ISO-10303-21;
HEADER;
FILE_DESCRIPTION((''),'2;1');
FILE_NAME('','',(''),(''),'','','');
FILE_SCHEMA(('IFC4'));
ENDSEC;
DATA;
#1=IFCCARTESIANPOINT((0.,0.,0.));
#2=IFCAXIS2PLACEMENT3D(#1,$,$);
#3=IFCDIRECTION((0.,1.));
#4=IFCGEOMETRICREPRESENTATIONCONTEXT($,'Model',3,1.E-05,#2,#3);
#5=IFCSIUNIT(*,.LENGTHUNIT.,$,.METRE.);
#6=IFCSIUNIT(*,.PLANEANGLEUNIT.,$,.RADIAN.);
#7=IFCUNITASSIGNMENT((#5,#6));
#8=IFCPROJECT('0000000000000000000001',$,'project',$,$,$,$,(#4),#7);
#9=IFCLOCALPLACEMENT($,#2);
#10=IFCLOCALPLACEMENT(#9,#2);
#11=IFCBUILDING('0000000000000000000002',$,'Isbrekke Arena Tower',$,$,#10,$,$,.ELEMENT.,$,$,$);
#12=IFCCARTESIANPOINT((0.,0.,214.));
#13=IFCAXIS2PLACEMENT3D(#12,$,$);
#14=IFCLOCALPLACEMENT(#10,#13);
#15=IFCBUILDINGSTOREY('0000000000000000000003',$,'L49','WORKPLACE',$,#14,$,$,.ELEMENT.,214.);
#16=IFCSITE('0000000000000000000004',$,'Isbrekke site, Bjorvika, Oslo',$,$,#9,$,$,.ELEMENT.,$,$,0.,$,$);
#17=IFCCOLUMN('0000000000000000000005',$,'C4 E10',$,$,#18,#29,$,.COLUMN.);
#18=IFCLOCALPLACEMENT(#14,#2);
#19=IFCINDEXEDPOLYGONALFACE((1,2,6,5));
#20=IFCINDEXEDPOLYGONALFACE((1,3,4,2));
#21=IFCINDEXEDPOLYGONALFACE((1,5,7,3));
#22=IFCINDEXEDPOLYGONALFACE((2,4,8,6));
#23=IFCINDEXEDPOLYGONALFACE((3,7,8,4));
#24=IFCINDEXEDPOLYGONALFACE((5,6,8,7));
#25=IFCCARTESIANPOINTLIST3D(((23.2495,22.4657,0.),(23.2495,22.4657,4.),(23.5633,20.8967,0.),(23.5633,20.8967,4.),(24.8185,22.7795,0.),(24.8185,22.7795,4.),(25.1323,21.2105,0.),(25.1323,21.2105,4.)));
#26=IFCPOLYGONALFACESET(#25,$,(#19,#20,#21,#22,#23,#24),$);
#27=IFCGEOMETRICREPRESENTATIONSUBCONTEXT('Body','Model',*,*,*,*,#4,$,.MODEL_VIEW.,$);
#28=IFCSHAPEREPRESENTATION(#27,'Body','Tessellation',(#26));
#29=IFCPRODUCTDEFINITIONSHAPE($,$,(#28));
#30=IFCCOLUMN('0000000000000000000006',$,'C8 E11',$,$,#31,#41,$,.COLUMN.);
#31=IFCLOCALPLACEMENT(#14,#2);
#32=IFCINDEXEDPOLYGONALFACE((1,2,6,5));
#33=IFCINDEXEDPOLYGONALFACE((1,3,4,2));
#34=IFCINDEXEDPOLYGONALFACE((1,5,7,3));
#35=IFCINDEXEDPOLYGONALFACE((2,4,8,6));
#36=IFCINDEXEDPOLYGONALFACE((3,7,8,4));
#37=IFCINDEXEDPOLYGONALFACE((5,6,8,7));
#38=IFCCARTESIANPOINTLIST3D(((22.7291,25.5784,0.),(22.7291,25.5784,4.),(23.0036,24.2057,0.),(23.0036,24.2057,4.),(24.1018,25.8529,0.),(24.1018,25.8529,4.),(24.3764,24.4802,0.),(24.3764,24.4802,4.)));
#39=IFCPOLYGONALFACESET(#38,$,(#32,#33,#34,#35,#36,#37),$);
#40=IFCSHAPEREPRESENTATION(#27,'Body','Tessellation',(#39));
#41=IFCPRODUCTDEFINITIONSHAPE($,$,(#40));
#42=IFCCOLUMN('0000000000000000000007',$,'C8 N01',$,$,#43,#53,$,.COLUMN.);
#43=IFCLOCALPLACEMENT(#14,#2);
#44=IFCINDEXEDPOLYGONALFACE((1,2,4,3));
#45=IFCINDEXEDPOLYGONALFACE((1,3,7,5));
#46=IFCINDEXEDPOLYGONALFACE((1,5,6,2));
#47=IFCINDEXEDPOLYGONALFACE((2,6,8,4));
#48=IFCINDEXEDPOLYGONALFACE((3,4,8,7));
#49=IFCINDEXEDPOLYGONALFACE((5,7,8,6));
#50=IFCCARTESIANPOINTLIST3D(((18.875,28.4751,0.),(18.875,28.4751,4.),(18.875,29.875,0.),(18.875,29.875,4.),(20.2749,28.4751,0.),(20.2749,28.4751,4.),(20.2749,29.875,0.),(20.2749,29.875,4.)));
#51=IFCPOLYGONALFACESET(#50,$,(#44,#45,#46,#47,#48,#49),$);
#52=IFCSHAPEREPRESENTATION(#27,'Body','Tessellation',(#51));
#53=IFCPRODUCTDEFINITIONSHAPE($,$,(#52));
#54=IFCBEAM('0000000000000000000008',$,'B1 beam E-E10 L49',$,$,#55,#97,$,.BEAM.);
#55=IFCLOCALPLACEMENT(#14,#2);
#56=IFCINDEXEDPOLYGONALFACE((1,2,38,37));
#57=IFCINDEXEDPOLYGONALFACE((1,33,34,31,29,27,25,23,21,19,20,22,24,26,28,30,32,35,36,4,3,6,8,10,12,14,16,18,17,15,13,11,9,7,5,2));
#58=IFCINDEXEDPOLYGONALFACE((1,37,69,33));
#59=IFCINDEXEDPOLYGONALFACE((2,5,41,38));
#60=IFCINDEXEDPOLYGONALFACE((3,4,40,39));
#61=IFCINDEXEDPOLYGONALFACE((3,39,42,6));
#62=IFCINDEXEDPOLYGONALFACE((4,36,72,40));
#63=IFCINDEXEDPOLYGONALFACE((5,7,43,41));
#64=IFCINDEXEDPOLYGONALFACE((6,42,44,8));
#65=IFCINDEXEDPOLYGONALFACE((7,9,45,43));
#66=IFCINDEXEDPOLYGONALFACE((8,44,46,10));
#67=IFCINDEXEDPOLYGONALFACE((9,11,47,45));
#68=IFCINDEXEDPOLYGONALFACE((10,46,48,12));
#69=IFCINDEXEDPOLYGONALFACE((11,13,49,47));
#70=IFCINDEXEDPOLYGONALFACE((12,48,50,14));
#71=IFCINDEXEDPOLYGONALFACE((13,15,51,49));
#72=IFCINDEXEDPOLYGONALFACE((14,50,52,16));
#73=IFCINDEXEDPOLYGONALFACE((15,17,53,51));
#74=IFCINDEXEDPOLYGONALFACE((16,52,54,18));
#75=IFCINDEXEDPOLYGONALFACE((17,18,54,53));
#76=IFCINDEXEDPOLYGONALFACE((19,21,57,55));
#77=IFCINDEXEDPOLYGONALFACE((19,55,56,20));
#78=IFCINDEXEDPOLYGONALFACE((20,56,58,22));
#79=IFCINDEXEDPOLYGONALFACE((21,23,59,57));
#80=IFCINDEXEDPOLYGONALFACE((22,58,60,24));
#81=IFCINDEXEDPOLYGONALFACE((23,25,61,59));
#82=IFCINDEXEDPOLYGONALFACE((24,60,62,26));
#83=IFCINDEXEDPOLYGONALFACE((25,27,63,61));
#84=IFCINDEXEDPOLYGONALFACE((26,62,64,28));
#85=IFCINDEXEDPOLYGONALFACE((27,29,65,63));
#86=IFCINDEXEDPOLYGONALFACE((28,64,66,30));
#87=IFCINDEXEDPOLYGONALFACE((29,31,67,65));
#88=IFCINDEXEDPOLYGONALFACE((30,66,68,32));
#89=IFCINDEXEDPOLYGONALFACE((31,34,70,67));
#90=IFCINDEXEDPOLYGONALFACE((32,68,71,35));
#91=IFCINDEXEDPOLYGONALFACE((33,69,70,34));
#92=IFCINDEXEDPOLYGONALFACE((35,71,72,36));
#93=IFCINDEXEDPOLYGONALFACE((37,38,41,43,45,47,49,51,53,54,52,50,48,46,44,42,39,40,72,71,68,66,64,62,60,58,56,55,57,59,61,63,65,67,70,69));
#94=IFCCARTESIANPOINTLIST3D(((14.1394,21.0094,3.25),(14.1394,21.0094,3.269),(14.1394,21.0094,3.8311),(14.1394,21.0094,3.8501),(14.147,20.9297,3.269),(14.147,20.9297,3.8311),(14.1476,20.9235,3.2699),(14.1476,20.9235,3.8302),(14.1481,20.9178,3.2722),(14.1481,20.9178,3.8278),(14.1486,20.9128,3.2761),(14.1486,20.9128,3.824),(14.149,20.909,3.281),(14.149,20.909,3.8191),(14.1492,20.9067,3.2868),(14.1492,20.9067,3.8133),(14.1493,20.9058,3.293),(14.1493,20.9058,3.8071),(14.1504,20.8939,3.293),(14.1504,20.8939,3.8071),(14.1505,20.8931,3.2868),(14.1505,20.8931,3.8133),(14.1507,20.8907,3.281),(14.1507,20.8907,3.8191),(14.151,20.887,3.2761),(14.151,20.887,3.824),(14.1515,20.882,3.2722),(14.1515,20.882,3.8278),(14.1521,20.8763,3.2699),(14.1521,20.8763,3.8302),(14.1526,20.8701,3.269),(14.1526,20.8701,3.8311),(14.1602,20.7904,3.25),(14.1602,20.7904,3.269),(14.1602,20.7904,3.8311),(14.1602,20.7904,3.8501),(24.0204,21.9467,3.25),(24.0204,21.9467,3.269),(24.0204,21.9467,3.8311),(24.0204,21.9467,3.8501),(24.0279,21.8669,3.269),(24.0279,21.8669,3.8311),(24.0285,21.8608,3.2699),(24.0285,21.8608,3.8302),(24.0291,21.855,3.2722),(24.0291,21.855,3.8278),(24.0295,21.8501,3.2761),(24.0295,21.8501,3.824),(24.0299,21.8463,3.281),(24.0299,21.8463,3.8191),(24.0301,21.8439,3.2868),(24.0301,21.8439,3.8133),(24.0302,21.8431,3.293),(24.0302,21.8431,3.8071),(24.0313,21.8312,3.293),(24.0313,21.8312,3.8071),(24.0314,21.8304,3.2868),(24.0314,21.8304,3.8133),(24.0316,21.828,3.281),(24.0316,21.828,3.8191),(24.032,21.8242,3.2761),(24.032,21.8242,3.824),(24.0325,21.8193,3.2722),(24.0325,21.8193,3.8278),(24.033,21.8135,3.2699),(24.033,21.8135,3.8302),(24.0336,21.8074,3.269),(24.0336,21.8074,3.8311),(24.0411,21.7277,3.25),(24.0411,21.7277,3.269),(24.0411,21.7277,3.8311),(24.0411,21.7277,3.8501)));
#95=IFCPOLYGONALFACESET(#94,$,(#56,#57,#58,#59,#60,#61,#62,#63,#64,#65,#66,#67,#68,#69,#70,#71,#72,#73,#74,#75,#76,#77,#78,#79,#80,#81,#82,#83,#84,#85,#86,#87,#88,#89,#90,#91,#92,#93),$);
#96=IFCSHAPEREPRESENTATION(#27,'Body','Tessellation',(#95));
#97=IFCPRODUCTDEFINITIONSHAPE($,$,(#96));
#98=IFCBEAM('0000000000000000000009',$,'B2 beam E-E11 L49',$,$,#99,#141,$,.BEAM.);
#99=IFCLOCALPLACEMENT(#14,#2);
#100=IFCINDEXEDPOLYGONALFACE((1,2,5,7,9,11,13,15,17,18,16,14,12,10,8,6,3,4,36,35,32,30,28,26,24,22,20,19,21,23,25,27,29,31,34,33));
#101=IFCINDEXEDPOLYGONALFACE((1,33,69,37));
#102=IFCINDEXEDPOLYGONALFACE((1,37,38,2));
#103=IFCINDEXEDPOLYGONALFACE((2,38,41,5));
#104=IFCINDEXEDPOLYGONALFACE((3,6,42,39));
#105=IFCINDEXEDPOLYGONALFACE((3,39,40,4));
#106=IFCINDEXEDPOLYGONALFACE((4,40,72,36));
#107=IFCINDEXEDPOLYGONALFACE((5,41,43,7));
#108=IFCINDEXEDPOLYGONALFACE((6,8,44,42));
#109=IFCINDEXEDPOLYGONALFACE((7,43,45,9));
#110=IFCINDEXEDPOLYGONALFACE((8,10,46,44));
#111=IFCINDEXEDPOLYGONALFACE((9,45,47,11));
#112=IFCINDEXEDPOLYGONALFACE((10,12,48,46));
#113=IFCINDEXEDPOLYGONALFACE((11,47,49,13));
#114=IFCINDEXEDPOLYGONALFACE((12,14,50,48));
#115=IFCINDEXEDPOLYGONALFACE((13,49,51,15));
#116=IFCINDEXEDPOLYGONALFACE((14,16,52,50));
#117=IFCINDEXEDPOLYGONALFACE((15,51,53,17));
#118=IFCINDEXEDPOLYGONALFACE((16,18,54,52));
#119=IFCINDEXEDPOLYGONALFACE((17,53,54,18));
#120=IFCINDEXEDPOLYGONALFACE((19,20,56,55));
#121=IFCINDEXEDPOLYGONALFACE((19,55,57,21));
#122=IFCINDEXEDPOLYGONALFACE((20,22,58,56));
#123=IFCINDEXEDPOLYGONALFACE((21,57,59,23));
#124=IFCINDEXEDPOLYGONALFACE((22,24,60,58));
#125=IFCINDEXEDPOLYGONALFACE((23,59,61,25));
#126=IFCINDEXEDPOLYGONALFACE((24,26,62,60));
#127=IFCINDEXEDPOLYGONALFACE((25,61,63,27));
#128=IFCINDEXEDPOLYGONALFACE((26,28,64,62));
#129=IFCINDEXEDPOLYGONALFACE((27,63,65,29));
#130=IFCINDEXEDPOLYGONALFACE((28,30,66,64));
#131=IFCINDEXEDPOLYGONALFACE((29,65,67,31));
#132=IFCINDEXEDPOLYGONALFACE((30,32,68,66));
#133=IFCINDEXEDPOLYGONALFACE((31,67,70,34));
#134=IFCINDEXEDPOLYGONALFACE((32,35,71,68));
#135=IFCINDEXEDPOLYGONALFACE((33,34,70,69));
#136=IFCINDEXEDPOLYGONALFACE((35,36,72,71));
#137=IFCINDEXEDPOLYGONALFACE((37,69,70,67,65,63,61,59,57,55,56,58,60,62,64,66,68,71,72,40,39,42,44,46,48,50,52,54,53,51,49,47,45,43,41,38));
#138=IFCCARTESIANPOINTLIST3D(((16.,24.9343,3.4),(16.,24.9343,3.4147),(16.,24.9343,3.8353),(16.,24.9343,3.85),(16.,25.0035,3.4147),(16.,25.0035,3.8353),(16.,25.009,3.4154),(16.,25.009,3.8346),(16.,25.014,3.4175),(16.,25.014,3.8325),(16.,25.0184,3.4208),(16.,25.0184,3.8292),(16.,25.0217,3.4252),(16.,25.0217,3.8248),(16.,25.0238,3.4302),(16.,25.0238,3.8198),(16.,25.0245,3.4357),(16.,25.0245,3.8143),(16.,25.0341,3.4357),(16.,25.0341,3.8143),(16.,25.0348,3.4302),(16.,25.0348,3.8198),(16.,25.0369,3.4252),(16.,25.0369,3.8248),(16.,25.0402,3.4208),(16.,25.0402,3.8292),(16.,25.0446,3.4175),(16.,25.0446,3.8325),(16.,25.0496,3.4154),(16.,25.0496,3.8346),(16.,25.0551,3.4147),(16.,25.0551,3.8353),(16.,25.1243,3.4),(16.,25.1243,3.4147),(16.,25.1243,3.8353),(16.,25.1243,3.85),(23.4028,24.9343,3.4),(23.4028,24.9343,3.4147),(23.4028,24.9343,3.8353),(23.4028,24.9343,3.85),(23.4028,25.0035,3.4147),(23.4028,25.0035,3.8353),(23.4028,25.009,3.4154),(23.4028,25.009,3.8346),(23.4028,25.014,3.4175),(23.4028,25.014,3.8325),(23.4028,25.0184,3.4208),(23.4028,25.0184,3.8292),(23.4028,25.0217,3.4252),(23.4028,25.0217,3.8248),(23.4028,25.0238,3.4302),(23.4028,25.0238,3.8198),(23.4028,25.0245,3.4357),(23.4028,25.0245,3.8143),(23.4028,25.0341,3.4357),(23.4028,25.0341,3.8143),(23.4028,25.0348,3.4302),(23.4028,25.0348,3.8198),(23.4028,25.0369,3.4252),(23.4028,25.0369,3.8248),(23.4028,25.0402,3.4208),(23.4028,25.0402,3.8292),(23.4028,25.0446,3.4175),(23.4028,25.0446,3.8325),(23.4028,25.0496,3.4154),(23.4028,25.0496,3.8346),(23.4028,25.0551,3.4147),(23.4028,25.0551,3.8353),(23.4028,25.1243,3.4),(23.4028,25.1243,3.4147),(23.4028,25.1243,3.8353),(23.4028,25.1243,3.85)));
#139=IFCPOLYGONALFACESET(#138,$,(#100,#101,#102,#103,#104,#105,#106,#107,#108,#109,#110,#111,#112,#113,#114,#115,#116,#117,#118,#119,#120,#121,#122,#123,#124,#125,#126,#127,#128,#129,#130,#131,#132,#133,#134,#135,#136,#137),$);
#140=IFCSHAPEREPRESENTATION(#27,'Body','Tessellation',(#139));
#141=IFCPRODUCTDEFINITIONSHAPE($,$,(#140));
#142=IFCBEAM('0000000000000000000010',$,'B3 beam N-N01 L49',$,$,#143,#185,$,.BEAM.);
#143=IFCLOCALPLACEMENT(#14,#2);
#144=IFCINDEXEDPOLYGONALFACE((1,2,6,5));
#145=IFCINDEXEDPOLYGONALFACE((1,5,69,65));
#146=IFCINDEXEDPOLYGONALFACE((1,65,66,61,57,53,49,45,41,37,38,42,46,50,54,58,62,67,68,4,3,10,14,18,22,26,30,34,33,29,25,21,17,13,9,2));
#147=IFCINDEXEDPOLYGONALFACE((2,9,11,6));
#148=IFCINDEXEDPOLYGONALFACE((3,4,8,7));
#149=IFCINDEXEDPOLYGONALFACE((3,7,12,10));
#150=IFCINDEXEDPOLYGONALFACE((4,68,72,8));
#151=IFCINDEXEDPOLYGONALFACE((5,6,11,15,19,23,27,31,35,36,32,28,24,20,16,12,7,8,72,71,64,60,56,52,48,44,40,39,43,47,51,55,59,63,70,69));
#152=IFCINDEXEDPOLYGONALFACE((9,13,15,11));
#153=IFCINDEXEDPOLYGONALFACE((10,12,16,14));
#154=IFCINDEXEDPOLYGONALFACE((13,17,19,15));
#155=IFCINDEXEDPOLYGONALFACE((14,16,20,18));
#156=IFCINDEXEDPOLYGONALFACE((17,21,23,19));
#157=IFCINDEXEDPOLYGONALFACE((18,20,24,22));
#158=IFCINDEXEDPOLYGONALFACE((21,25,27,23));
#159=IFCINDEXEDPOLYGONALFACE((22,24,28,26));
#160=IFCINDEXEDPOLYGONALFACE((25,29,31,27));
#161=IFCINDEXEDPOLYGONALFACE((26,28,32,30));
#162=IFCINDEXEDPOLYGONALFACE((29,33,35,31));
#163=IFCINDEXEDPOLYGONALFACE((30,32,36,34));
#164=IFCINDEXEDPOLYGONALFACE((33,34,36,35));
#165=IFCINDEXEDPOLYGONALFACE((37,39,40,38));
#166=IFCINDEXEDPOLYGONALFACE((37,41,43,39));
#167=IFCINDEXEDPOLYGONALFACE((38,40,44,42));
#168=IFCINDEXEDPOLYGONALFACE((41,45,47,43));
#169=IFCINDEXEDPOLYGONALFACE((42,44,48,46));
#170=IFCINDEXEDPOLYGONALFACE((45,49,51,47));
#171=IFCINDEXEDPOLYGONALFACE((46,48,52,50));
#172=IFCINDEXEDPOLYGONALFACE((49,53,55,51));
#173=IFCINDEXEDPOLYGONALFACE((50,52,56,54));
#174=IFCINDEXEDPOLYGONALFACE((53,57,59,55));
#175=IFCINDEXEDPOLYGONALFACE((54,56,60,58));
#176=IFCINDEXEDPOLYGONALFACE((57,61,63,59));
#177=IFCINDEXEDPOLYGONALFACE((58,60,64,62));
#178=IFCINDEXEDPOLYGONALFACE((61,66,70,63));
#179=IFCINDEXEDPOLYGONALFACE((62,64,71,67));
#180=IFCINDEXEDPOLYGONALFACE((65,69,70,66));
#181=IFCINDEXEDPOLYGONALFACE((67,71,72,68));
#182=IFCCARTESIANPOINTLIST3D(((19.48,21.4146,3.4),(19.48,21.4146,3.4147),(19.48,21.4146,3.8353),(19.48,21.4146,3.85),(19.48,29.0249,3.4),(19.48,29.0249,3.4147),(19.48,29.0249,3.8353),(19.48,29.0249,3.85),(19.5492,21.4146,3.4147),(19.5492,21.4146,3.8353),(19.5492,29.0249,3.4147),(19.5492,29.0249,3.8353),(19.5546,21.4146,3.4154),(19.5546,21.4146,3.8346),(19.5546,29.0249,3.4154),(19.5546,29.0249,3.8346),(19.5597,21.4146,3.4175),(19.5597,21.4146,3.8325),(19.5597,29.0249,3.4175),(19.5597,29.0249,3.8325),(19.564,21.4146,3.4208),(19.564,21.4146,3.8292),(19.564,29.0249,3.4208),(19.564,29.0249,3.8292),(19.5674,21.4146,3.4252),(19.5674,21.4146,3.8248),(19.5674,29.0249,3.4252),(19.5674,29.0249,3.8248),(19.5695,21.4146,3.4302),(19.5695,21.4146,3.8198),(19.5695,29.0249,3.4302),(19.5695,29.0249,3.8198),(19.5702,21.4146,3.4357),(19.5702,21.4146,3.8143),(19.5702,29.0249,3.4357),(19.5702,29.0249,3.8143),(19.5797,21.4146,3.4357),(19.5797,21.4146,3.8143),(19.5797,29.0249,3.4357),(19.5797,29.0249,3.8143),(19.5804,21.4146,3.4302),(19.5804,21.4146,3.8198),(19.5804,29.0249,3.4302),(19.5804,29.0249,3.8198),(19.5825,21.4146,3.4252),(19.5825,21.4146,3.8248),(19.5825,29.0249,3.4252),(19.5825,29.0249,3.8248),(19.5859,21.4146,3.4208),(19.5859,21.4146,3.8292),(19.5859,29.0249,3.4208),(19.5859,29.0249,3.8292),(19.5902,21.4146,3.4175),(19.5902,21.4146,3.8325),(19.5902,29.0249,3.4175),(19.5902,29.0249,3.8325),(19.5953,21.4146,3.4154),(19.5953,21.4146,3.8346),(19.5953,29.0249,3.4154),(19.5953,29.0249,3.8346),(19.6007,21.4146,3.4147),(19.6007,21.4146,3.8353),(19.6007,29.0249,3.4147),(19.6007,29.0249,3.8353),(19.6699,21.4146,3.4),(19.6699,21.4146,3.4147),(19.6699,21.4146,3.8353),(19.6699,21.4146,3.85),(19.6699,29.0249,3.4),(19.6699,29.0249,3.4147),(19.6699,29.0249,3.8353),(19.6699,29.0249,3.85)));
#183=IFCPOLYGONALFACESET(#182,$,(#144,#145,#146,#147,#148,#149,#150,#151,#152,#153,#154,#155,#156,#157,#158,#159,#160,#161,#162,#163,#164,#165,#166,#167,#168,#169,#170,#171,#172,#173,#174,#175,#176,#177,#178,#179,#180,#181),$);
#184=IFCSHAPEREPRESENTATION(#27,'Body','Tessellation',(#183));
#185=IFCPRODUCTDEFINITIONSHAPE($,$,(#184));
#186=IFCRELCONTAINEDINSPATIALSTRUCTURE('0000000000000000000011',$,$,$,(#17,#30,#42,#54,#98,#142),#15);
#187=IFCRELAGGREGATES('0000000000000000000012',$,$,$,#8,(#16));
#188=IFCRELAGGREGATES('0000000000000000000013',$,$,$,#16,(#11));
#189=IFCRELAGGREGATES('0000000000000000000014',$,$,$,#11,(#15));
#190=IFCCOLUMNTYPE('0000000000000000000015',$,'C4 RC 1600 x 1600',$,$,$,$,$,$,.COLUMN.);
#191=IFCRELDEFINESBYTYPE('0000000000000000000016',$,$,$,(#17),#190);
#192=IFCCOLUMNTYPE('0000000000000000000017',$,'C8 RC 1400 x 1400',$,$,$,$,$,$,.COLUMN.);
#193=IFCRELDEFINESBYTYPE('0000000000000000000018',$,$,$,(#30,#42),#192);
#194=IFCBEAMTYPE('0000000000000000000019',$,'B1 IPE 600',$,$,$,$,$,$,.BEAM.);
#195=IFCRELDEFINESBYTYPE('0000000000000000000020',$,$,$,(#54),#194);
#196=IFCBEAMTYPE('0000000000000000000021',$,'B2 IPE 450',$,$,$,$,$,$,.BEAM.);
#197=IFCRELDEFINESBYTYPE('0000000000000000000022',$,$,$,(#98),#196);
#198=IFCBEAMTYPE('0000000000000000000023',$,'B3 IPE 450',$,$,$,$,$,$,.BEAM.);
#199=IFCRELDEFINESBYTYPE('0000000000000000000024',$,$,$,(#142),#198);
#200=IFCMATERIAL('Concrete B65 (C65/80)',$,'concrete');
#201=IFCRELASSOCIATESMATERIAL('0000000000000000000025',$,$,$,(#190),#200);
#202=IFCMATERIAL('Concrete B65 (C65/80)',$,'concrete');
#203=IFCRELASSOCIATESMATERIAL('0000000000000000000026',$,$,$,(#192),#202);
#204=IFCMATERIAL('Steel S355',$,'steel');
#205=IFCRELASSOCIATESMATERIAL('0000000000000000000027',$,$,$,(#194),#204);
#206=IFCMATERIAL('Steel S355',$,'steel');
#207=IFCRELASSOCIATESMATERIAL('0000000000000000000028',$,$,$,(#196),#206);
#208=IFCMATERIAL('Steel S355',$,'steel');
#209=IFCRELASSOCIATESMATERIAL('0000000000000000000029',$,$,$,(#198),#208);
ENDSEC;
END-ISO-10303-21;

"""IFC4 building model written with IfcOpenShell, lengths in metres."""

from ifc_helpers import new_model, si_unit, direction, frame, origin, origin_2d, place, context, subcontext, project, spatial, rectangle, i_section, extrude, material, material_profile, profile_set, type_object, element, save


model = new_model("IFC4")

# Units and contexts
model_context = context("Model", 3, precision=1e-05, world=origin(), true_north=direction((0.0, 1.0)))
body_context = subcontext(model_context, "Body", "Model", "MODEL_VIEW")
ifc_project = project(units=[si_unit("LENGTHUNIT", "METRE"), si_unit("PLANEANGLEUNIT", "RADIAN")], contexts=[model_context])

# Site, building, storey
site_placement = place(None, origin())
site = spatial("IfcSite", under=ifc_project, at=site_placement, Name="Isbrekke site, Bjorvika, Oslo", CompositionType="ELEMENT", RefElevation=0.0)
building_placement = place(site_placement, origin())
building = spatial("IfcBuilding", under=site, at=building_placement, Name="Isbrekke Arena Tower", CompositionType="ELEMENT")
storey_placement = place(building_placement, frame((0.0, 0.0, 214.0)))
storey = spatial("IfcBuildingStorey", under=building, at=storey_placement, Name="L49", Description="WORKPLACE", CompositionType="ELEMENT", Elevation=214.0)

# Columns
ifc_material_1 = material(Name="Concrete B65 (C65/80)", Category="concrete")
ifc_material_profile_1 = material_profile(ifc_material_1, rectangle(XDim=1.6001, YDim=1.6001, at=origin_2d()), Name="RC 1600x1600")
ifc_profile_set_1 = profile_set([ifc_material_profile_1], Name="Concrete B65 (C65/80)")
column_type_1 = type_object("IfcColumnType", Name="C4 RC 1600 x 1600", PredefinedType="COLUMN", material=ifc_profile_set_1)
column_placement = place(storey_placement, frame((24.1909, 21.8381, 0.0), z_axis=(0.0, 0.0, 1.0), x_axis=(-0.196116, 0.980581, 0.0)))
element("IfcColumn", 1, at=column_placement, inside=storey, type_object=column_type_1, Name="C4 E10", PredefinedType="COLUMN", context=body_context, shape_type="SweptSolid", body=[
    extrude(rectangle(XDim=1.6001, YDim=1.6001, at=origin_2d()), origin(), (0.0, 0.0, 1.0), 4.0),
])
ifc_material_2 = material(Name="Concrete B65 (C65/80)", Category="concrete")
ifc_material_profile_2 = material_profile(ifc_material_2, rectangle(XDim=1.3999, YDim=1.3999, at=origin_2d()), Name="RC 1400x1400")
ifc_profile_set_2 = profile_set([ifc_material_profile_2], Name="Concrete B65 (C65/80)")
column_type_2 = type_object("IfcColumnType", Name="C8 RC 1400 x 1400", PredefinedType="COLUMN", material=ifc_profile_set_2)
for number, where, z_axis, x_axis, name in (
    (2, (23.5527, 25.0293, 0.0), (0.0, 0.0, 1.0), (-0.196116, 0.980581, 0.0), "C8 E11"),
    (3, (19.575, 29.175, 0.0), (0.0, 0.0, 1.0), (-1.0, 0.0, 0.0), "C8 N01"),
):
    element("IfcColumn", number, at=place(storey_placement, frame(where, z_axis=z_axis, x_axis=x_axis)), inside=storey, type_object=column_type_2, Name=name, PredefinedType="COLUMN", context=body_context, shape_type="SweptSolid", body=[
        extrude(rectangle(XDim=1.3999, YDim=1.3999, at=origin_2d()), origin(), (0.0, 0.0, 1.0), 4.0),
    ])

# Beams
ifc_material_3 = material(Name="Steel S355", Category="steel")
ifc_material_profile_3 = material_profile(ifc_material_3, i_section(OverallWidth=0.22, OverallDepth=0.6001, WebThickness=0.012, FlangeThickness=0.019, FilletRadius=0.0239, at=origin_2d()), Name="IPE 600")
ifc_profile_set_3 = profile_set([ifc_material_profile_3], Name="Steel S355")
beam_type_1 = type_object("IfcBeamType", Name="B1 IPE 600", PredefinedType="BEAM", material=ifc_profile_set_3)
beam_1_placement = place(storey_placement, frame((24.0308, 21.8372, 3.55), z_axis=(-0.995531, -0.094432, 0.0), x_axis=(0.094432, -0.995531, 0.0)))
element("IfcBeam", 4, at=beam_1_placement, inside=storey, type_object=beam_type_1, Name="B1 beam E-E10 L49", PredefinedType="BEAM", context=body_context, shape_type="SweptSolid", body=[
    extrude(i_section(OverallWidth=0.22, OverallDepth=0.6001, WebThickness=0.012, FlangeThickness=0.019, FilletRadius=0.0239, at=origin_2d()), origin(), (0.0, 0.0, 1.0), 9.9253),
])
ifc_material_4 = material(Name="Steel S355", Category="steel")
ifc_material_profile_4 = material_profile(ifc_material_4, i_section(OverallWidth=0.1899, OverallDepth=0.45, WebThickness=0.0095, FlangeThickness=0.0146, FilletRadius=0.021, at=origin_2d()), Name="IPE 450")
ifc_profile_set_4 = profile_set([ifc_material_profile_4], Name="Steel S355")
beam_type_2 = type_object("IfcBeamType", Name="B2 IPE 450", PredefinedType="BEAM", material=ifc_profile_set_4)
beam_2_placement = place(storey_placement, frame((23.4028, 25.0293, 3.625), z_axis=(-1.0, 0.0, 0.0), x_axis=(0.0, -1.0, 0.0)))
element("IfcBeam", 5, at=beam_2_placement, inside=storey, type_object=beam_type_2, Name="B2 beam E-E11 L49", PredefinedType="BEAM", context=body_context, shape_type="SweptSolid", body=[
    extrude(i_section(OverallWidth=0.1899, OverallDepth=0.45, WebThickness=0.0095, FlangeThickness=0.0146, FilletRadius=0.021, at=origin_2d()), origin(), (0.0, 0.0, 1.0), 7.4028),
])
ifc_material_5 = material(Name="Steel S355", Category="steel")
ifc_material_profile_5 = material_profile(ifc_material_5, i_section(OverallWidth=0.1899, OverallDepth=0.45, WebThickness=0.0095, FlangeThickness=0.0146, FilletRadius=0.021, at=origin_2d()), Name="IPE 450")
ifc_profile_set_5 = profile_set([ifc_material_profile_5], Name="Steel S355")
beam_type_3 = type_object("IfcBeamType", Name="B3 IPE 450", PredefinedType="BEAM", material=ifc_profile_set_5)
beam_3_placement = place(storey_placement, frame((19.575, 29.0249, 3.625), z_axis=(0.0, -1.0, 0.0), x_axis=(1.0, 0.0, 0.0)))
element("IfcBeam", 6, at=beam_3_placement, inside=storey, type_object=beam_type_3, Name="B3 beam N-N01 L49", PredefinedType="BEAM", context=body_context, shape_type="SweptSolid", body=[
    extrude(i_section(OverallWidth=0.1899, OverallDepth=0.45, WebThickness=0.0095, FlangeThickness=0.0146, FilletRadius=0.021, at=origin_2d()), origin(), (0.0, 0.0, 1.0), 7.6104),
])

save(model, "model.ifc")
